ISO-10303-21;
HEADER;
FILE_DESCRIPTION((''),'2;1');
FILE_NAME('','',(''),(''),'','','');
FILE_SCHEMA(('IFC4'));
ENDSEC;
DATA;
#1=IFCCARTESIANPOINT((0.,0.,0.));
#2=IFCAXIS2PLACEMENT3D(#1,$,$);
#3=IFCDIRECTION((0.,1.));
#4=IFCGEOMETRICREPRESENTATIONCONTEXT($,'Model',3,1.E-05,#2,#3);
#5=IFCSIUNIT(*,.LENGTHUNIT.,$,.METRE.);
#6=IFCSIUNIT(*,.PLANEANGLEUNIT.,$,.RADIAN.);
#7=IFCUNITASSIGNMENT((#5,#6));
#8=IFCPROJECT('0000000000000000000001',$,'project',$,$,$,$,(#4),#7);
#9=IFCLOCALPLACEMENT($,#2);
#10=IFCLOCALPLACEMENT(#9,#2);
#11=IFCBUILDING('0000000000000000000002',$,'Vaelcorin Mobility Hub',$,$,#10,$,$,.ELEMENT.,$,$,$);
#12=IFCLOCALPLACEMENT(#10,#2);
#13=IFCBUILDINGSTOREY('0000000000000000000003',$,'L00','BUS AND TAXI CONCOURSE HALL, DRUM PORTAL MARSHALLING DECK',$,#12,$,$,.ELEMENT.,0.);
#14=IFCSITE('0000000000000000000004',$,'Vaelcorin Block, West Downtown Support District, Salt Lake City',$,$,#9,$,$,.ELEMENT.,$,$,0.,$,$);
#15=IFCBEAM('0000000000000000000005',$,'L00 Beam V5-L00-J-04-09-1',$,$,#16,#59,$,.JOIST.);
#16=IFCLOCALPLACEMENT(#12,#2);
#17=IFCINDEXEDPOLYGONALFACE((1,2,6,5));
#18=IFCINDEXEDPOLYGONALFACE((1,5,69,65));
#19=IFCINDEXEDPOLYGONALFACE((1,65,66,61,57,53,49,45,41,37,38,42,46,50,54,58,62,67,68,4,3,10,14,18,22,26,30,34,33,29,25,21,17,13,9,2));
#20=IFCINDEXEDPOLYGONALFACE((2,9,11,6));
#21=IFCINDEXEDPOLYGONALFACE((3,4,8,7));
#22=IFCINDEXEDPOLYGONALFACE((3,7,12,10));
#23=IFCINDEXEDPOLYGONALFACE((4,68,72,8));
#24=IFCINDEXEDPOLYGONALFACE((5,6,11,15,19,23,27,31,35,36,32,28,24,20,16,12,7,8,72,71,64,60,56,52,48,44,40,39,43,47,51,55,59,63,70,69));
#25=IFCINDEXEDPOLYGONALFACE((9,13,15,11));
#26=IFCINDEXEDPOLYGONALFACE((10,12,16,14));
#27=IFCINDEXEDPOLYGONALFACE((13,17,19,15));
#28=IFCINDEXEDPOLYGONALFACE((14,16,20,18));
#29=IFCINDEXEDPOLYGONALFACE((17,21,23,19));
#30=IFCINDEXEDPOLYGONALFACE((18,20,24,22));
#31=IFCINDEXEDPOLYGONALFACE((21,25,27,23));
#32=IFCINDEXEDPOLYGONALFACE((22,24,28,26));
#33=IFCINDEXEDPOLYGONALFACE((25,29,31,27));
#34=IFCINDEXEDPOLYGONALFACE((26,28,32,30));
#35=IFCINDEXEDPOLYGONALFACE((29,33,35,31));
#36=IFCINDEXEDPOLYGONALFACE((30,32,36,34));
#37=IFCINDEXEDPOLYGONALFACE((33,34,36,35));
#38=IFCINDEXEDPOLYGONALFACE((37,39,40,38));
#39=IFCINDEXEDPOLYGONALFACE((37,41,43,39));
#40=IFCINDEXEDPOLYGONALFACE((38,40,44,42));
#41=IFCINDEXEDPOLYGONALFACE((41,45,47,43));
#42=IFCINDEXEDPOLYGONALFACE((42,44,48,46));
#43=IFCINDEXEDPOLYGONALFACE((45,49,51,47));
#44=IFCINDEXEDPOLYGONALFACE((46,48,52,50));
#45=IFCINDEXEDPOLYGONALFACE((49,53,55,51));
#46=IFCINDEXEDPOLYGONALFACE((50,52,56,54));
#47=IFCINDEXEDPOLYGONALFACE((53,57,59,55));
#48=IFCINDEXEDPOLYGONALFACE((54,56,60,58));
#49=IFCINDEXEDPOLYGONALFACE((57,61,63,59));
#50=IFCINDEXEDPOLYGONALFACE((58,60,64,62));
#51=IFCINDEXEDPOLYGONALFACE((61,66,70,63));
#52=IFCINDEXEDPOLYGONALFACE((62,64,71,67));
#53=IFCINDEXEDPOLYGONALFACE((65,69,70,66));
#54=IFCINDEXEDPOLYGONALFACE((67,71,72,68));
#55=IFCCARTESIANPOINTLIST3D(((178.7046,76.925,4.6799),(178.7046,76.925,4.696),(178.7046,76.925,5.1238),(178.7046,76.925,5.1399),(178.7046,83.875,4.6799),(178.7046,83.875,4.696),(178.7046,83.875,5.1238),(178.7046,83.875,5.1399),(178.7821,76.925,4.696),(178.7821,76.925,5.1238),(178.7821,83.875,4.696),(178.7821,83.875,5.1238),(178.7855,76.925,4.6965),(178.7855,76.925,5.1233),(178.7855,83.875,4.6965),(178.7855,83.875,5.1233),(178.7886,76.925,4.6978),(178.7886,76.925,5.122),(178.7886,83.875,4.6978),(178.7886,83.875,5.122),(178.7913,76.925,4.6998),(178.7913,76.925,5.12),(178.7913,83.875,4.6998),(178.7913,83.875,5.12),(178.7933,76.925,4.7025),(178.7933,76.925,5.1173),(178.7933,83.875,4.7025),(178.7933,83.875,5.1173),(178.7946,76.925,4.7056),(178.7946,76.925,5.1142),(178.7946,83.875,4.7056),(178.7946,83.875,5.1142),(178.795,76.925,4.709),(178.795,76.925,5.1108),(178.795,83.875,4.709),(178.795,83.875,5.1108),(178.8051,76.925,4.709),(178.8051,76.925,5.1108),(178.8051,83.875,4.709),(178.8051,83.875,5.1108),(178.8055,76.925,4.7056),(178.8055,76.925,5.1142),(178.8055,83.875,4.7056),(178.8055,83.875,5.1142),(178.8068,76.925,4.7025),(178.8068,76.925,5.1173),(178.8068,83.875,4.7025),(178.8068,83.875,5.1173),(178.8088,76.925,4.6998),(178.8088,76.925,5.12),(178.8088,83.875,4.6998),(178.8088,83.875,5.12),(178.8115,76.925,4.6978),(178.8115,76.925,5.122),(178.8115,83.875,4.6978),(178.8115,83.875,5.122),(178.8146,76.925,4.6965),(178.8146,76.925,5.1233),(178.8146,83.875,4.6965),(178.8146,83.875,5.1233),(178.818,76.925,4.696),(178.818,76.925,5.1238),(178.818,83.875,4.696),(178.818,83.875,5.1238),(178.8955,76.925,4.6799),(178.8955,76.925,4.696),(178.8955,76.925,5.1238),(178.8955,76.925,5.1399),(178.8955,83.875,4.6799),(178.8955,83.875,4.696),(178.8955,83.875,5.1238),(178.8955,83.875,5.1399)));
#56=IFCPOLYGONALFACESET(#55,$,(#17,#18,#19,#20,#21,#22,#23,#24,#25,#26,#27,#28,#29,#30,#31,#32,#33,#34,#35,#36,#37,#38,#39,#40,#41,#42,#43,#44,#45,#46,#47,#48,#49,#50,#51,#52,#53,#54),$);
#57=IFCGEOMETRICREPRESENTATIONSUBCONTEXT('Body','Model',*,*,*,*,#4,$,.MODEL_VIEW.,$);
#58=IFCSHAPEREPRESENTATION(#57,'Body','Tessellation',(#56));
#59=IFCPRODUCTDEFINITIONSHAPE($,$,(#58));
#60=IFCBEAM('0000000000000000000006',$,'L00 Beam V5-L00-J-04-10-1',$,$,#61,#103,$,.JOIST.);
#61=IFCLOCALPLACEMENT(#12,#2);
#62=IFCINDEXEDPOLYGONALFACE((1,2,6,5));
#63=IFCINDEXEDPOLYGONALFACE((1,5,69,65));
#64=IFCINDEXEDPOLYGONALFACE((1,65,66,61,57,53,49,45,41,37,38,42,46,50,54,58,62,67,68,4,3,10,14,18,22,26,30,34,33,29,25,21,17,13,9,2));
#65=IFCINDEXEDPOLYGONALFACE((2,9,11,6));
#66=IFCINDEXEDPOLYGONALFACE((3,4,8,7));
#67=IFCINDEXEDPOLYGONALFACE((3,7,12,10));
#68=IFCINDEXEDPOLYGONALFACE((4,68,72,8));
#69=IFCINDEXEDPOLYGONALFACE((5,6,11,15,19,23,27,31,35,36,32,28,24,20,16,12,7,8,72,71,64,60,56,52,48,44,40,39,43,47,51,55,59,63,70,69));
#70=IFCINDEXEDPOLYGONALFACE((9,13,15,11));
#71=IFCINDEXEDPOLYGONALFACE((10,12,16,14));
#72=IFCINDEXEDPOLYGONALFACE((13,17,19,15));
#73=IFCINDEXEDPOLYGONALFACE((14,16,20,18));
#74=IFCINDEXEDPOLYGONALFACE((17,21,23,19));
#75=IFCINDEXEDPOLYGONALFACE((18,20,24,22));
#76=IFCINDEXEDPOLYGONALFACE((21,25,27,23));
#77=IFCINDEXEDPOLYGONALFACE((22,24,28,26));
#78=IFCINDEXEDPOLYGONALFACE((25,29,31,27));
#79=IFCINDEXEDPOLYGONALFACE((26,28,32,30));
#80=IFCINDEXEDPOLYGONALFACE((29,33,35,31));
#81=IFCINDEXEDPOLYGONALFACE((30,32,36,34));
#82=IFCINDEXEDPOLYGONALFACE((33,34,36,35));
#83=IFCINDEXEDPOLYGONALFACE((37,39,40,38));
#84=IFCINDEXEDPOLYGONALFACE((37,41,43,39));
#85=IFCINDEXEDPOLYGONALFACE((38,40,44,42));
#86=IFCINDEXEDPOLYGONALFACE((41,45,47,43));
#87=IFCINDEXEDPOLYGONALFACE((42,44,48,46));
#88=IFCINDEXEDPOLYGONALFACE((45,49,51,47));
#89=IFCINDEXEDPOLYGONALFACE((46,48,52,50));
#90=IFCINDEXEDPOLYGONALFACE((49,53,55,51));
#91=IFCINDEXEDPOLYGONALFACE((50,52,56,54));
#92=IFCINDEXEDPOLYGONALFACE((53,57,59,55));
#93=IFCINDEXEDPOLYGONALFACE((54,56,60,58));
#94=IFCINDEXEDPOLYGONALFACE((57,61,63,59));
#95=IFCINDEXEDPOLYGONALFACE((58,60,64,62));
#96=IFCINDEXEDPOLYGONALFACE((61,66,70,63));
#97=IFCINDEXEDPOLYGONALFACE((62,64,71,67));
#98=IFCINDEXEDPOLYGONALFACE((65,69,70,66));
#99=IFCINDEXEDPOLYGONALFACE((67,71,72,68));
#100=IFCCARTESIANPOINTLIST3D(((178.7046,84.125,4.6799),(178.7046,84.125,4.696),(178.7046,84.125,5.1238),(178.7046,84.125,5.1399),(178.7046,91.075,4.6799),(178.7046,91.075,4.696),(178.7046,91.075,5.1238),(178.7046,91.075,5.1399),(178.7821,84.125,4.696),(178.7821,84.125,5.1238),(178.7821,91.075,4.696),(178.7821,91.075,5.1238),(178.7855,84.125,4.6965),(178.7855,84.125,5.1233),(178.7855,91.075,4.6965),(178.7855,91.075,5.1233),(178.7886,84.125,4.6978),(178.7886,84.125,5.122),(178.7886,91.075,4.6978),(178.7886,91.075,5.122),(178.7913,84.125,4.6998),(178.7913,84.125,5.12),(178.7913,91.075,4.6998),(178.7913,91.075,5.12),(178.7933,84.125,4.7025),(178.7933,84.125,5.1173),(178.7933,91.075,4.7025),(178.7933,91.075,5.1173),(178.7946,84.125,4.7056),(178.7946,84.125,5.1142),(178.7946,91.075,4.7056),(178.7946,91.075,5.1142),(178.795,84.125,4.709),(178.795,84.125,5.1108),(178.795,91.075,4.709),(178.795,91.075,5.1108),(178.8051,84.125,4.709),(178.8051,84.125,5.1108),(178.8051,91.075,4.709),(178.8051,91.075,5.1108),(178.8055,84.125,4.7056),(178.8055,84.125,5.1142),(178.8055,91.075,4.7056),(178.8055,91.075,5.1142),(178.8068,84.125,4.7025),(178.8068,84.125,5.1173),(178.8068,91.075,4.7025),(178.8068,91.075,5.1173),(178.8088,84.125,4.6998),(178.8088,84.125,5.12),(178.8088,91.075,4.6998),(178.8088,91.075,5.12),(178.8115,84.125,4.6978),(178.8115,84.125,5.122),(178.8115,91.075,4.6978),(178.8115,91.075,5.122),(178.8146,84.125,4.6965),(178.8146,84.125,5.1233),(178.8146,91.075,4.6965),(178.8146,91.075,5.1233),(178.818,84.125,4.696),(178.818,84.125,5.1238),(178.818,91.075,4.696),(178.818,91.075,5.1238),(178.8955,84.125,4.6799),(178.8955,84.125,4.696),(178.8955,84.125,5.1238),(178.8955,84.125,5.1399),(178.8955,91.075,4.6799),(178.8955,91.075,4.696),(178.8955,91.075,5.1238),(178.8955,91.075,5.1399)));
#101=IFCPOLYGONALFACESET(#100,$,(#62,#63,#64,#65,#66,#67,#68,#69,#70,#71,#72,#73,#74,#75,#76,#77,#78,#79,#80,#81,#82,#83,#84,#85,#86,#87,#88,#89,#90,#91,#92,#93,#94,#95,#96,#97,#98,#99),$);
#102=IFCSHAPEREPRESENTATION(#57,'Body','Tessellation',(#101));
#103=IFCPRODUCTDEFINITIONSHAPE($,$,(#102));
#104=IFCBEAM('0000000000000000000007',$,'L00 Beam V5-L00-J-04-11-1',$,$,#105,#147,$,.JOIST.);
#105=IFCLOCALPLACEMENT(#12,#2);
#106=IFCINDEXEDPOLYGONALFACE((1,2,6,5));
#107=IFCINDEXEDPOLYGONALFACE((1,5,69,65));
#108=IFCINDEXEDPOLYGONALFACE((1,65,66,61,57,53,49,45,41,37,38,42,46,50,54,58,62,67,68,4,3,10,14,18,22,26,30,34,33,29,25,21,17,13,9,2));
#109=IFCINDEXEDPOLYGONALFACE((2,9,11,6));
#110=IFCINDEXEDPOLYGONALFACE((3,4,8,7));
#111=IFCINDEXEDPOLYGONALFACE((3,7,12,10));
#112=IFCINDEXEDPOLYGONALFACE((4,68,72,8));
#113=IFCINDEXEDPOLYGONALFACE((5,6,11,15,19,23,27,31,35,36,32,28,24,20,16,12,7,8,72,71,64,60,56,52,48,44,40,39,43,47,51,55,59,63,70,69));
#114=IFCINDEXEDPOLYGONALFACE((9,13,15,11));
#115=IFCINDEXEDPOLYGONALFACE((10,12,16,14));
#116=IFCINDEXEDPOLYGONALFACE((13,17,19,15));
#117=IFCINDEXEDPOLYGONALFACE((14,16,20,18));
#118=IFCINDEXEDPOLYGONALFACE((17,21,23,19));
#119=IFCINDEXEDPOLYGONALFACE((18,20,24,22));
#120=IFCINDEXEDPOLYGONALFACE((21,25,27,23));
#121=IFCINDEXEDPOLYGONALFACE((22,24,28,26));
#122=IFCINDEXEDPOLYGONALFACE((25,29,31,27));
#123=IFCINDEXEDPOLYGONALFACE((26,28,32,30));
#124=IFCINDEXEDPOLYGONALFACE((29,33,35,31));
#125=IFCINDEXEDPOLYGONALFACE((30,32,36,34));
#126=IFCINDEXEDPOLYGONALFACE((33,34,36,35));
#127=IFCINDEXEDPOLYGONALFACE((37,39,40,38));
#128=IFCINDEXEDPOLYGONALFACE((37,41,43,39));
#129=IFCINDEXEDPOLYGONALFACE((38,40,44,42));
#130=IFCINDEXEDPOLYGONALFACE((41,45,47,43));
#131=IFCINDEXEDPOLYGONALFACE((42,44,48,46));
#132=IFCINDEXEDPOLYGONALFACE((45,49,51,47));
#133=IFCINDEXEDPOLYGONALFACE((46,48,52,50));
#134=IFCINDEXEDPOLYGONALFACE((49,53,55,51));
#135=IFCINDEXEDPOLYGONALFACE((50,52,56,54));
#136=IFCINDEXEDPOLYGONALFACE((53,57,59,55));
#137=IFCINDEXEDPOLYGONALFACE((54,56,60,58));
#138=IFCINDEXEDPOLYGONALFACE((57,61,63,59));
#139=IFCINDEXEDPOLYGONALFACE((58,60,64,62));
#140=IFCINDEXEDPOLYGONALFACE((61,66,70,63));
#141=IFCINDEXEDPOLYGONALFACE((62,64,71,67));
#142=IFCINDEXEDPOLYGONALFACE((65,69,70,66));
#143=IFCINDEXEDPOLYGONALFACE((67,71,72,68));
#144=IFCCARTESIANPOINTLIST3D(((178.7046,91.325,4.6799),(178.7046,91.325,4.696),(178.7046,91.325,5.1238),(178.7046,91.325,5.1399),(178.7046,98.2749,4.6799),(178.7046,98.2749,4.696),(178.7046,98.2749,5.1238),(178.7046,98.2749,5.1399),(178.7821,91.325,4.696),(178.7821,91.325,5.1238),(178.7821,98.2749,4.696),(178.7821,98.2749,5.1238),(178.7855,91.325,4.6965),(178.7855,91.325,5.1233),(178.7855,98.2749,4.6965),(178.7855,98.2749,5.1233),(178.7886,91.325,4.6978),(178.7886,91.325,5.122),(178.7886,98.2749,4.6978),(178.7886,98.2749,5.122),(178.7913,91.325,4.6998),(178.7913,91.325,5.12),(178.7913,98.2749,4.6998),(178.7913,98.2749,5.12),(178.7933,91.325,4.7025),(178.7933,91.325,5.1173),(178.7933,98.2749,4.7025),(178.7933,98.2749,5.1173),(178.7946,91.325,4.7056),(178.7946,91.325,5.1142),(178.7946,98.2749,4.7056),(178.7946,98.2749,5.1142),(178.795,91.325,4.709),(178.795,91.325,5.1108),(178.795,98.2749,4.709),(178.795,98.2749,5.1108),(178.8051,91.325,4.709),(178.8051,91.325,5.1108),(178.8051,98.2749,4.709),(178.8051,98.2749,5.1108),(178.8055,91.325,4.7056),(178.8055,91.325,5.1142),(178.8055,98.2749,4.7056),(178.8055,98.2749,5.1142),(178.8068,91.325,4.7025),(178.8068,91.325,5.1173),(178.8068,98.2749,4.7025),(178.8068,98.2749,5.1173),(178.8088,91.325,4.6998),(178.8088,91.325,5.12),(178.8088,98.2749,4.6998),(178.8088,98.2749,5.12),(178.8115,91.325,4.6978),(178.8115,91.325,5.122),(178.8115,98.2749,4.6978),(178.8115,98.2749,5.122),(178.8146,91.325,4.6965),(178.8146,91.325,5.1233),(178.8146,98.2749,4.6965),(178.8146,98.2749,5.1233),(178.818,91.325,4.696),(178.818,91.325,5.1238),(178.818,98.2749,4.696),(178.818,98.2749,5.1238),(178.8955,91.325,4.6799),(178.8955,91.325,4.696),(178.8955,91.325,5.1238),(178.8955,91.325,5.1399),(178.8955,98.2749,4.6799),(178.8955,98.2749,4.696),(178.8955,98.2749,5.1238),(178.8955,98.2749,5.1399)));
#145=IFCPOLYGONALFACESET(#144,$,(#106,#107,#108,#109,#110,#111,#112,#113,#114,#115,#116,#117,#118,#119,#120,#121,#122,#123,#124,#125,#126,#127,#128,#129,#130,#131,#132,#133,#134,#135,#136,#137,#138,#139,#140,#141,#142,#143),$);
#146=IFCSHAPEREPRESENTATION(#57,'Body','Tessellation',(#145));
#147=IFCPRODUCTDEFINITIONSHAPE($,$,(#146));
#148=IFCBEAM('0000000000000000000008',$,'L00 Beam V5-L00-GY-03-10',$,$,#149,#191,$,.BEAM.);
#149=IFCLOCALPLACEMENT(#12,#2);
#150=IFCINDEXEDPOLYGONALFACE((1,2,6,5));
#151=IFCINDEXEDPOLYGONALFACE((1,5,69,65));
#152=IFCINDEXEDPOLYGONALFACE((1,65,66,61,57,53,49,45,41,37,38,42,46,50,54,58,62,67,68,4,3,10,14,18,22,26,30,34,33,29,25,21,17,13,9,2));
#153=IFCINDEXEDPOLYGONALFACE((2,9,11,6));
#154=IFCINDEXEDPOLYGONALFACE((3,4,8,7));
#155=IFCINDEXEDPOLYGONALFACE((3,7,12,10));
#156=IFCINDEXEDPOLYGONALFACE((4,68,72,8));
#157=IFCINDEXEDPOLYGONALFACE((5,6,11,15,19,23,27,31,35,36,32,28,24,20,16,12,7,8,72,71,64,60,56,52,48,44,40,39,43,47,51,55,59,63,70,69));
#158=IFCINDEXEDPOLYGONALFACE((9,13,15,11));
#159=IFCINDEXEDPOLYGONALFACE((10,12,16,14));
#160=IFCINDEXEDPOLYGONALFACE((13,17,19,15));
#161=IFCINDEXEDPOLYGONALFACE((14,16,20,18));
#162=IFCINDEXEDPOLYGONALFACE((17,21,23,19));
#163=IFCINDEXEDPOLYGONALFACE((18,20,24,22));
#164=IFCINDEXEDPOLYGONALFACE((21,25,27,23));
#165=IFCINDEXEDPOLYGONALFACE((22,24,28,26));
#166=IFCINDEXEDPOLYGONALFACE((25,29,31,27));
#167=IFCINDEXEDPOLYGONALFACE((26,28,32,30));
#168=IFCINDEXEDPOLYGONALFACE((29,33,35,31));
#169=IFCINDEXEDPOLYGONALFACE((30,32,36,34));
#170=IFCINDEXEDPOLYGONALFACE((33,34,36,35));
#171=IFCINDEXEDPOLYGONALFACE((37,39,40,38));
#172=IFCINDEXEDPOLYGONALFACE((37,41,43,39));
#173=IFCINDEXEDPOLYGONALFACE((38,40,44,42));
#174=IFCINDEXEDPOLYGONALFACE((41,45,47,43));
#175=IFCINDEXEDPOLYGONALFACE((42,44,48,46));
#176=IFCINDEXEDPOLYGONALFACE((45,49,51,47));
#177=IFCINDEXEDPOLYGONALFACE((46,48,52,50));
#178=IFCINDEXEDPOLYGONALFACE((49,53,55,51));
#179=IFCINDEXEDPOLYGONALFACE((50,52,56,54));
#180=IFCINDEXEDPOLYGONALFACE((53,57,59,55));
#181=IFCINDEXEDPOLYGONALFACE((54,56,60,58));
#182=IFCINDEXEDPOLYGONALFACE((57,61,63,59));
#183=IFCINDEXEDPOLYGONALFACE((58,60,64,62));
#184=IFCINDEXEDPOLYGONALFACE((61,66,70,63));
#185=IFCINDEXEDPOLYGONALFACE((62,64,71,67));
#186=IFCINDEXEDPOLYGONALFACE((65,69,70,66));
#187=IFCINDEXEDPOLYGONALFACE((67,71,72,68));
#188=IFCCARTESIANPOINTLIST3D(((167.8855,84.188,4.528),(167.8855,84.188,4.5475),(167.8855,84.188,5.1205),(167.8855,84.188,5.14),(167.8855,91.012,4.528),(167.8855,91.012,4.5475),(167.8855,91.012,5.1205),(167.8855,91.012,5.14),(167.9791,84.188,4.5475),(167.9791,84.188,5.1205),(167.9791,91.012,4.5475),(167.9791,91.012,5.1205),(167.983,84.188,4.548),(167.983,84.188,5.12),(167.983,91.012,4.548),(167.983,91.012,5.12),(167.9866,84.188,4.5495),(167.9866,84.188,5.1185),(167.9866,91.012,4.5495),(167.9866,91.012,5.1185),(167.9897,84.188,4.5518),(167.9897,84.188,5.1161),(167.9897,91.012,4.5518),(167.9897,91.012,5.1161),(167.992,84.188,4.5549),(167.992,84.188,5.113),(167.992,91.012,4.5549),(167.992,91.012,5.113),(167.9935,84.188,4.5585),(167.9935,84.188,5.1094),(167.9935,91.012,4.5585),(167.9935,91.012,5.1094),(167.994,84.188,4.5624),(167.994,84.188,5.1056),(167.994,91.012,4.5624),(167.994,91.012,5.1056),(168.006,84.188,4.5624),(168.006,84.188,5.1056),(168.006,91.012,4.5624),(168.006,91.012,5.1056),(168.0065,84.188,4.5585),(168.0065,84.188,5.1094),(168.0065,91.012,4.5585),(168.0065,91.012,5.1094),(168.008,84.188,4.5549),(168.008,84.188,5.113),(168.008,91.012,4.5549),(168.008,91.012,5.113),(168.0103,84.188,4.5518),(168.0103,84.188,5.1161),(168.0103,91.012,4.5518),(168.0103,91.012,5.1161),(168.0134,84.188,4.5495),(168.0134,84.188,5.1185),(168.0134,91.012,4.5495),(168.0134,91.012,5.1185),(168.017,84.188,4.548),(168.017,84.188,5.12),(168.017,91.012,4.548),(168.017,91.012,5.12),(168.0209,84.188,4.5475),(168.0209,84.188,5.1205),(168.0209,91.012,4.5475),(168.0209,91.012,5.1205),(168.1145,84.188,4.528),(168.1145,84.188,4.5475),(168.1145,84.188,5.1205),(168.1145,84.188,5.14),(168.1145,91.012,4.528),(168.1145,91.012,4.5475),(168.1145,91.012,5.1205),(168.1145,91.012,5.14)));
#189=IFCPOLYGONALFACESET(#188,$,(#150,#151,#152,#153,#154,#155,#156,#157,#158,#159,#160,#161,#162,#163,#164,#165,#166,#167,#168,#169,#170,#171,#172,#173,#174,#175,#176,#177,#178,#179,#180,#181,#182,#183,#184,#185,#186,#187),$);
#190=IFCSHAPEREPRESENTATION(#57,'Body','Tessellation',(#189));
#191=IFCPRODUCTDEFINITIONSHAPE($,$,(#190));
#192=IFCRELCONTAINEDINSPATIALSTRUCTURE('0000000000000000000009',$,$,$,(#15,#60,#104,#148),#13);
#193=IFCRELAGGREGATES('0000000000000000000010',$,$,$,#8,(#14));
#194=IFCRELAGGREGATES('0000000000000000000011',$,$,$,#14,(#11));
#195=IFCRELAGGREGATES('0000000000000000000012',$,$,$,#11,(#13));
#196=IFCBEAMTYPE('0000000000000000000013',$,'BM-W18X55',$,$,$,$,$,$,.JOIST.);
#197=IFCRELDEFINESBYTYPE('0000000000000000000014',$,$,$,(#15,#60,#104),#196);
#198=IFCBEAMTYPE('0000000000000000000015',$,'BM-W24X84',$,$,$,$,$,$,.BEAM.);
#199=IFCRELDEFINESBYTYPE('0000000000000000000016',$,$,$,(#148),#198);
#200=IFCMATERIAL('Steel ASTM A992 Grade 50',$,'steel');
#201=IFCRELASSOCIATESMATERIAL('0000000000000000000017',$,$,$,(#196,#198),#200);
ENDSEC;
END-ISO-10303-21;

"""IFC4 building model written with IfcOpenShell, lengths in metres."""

from ifc_helpers import new_model, si_unit, direction, frame, origin, origin_2d, place, context, subcontext, project, spatial, i_section, extrude, material, material_profile, profile_set, type_object, element, save


model = new_model("IFC4")

# Units and contexts
model_context = context("Model", 3, precision=1e-05, world=origin(), true_north=direction((0.0, 1.0)))
body_context = subcontext(model_context, "Body", "Model", "MODEL_VIEW")
ifc_project = project(units=[si_unit("LENGTHUNIT", "METRE"), si_unit("PLANEANGLEUNIT", "RADIAN")], contexts=[model_context])

# Site, building, storey
site_placement = place(None, origin())
site = spatial("IfcSite", under=ifc_project, at=site_placement, Name="Vaelcorin Block, West Downtown Support District, Salt Lake City", CompositionType="ELEMENT", RefElevation=0.0)
building_placement = place(site_placement, origin())
building = spatial("IfcBuilding", under=site, at=building_placement, Name="Vaelcorin Mobility Hub", CompositionType="ELEMENT")
storey_placement = place(building_placement, origin())
storey = spatial("IfcBuildingStorey", under=building, at=storey_placement, Name="L00", Description="BUS AND TAXI CONCOURSE HALL, DRUM PORTAL MARSHALLING DECK", CompositionType="ELEMENT", Elevation=0.0)

# Shared definitions
ifc_material_1 = material(Name="Steel ASTM A992 Grade 50", Category="steel")

# Beams
ifc_material_profile_1 = material_profile(ifc_material_1, i_section(OverallWidth=0.1909, OverallDepth=0.46, WebThickness=0.01, FlangeThickness=0.0161, FilletRadius=0.0129, at=origin_2d()), Name="W18X55")
ifc_profile_set_1 = profile_set([ifc_material_profile_1], Name="Steel ASTM A992 Grade 50")
beam_type_1 = type_object("IfcBeamType", Name="BM-W18X55", PredefinedType="JOIST", material=ifc_profile_set_1)
for number, where, z_axis, x_axis, name in (
    (1, (178.8, 76.925, 4.9099), (0.0, 1.0, 0.0), (-1.0, 0.0, 0.0), "L00 Beam V5-L00-J-04-09-1"),
    (2, (178.8, 84.125, 4.9099), (0.0, 1.0, 0.0), (-1.0, 0.0, 0.0), "L00 Beam V5-L00-J-04-10-1"),
    (3, (178.8, 91.325, 4.9099), (0.0, 1.0, 0.0), (-1.0, 0.0, 0.0), "L00 Beam V5-L00-J-04-11-1"),
):
    element("IfcBeam", number, at=place(storey_placement, frame(where, z_axis=z_axis, x_axis=x_axis)), inside=storey, type_object=beam_type_1, Name=name, PredefinedType="JOIST", context=body_context, shape_type="SweptSolid", body=[
        extrude(i_section(OverallWidth=0.1909, OverallDepth=0.46, WebThickness=0.01, FlangeThickness=0.0161, FilletRadius=0.0129, at=origin_2d()), origin(), (0.0, 0.0, 1.0), 6.95),
    ])
ifc_material_profile_2 = material_profile(ifc_material_1, i_section(OverallWidth=0.229, OverallDepth=0.6121, WebThickness=0.012, FlangeThickness=0.0195, FilletRadius=0.0149, at=origin_2d()), Name="W24X84")
ifc_profile_set_2 = profile_set([ifc_material_profile_2], Name="Steel ASTM A992 Grade 50")
beam_type_2 = type_object("IfcBeamType", Name="BM-W24X84", PredefinedType="BEAM", material=ifc_profile_set_2)
for number, where, z_axis, x_axis, name in (
    (4, (168.0, 84.188, 4.834), (0.0, 1.0, 0.0), (-1.0, 0.0, 0.0), "L00 Beam V5-L00-GY-03-10"),
):
    element("IfcBeam", number, at=place(storey_placement, frame(where, z_axis=z_axis, x_axis=x_axis)), inside=storey, type_object=beam_type_2, Name=name, PredefinedType="BEAM", context=body_context, shape_type="SweptSolid", body=[
        extrude(i_section(OverallWidth=0.229, OverallDepth=0.6121, WebThickness=0.012, FlangeThickness=0.0195, FilletRadius=0.0149, at=origin_2d()), origin(), (0.0, 0.0, 1.0), 6.824),
    ])

save(model, "model.ifc")
